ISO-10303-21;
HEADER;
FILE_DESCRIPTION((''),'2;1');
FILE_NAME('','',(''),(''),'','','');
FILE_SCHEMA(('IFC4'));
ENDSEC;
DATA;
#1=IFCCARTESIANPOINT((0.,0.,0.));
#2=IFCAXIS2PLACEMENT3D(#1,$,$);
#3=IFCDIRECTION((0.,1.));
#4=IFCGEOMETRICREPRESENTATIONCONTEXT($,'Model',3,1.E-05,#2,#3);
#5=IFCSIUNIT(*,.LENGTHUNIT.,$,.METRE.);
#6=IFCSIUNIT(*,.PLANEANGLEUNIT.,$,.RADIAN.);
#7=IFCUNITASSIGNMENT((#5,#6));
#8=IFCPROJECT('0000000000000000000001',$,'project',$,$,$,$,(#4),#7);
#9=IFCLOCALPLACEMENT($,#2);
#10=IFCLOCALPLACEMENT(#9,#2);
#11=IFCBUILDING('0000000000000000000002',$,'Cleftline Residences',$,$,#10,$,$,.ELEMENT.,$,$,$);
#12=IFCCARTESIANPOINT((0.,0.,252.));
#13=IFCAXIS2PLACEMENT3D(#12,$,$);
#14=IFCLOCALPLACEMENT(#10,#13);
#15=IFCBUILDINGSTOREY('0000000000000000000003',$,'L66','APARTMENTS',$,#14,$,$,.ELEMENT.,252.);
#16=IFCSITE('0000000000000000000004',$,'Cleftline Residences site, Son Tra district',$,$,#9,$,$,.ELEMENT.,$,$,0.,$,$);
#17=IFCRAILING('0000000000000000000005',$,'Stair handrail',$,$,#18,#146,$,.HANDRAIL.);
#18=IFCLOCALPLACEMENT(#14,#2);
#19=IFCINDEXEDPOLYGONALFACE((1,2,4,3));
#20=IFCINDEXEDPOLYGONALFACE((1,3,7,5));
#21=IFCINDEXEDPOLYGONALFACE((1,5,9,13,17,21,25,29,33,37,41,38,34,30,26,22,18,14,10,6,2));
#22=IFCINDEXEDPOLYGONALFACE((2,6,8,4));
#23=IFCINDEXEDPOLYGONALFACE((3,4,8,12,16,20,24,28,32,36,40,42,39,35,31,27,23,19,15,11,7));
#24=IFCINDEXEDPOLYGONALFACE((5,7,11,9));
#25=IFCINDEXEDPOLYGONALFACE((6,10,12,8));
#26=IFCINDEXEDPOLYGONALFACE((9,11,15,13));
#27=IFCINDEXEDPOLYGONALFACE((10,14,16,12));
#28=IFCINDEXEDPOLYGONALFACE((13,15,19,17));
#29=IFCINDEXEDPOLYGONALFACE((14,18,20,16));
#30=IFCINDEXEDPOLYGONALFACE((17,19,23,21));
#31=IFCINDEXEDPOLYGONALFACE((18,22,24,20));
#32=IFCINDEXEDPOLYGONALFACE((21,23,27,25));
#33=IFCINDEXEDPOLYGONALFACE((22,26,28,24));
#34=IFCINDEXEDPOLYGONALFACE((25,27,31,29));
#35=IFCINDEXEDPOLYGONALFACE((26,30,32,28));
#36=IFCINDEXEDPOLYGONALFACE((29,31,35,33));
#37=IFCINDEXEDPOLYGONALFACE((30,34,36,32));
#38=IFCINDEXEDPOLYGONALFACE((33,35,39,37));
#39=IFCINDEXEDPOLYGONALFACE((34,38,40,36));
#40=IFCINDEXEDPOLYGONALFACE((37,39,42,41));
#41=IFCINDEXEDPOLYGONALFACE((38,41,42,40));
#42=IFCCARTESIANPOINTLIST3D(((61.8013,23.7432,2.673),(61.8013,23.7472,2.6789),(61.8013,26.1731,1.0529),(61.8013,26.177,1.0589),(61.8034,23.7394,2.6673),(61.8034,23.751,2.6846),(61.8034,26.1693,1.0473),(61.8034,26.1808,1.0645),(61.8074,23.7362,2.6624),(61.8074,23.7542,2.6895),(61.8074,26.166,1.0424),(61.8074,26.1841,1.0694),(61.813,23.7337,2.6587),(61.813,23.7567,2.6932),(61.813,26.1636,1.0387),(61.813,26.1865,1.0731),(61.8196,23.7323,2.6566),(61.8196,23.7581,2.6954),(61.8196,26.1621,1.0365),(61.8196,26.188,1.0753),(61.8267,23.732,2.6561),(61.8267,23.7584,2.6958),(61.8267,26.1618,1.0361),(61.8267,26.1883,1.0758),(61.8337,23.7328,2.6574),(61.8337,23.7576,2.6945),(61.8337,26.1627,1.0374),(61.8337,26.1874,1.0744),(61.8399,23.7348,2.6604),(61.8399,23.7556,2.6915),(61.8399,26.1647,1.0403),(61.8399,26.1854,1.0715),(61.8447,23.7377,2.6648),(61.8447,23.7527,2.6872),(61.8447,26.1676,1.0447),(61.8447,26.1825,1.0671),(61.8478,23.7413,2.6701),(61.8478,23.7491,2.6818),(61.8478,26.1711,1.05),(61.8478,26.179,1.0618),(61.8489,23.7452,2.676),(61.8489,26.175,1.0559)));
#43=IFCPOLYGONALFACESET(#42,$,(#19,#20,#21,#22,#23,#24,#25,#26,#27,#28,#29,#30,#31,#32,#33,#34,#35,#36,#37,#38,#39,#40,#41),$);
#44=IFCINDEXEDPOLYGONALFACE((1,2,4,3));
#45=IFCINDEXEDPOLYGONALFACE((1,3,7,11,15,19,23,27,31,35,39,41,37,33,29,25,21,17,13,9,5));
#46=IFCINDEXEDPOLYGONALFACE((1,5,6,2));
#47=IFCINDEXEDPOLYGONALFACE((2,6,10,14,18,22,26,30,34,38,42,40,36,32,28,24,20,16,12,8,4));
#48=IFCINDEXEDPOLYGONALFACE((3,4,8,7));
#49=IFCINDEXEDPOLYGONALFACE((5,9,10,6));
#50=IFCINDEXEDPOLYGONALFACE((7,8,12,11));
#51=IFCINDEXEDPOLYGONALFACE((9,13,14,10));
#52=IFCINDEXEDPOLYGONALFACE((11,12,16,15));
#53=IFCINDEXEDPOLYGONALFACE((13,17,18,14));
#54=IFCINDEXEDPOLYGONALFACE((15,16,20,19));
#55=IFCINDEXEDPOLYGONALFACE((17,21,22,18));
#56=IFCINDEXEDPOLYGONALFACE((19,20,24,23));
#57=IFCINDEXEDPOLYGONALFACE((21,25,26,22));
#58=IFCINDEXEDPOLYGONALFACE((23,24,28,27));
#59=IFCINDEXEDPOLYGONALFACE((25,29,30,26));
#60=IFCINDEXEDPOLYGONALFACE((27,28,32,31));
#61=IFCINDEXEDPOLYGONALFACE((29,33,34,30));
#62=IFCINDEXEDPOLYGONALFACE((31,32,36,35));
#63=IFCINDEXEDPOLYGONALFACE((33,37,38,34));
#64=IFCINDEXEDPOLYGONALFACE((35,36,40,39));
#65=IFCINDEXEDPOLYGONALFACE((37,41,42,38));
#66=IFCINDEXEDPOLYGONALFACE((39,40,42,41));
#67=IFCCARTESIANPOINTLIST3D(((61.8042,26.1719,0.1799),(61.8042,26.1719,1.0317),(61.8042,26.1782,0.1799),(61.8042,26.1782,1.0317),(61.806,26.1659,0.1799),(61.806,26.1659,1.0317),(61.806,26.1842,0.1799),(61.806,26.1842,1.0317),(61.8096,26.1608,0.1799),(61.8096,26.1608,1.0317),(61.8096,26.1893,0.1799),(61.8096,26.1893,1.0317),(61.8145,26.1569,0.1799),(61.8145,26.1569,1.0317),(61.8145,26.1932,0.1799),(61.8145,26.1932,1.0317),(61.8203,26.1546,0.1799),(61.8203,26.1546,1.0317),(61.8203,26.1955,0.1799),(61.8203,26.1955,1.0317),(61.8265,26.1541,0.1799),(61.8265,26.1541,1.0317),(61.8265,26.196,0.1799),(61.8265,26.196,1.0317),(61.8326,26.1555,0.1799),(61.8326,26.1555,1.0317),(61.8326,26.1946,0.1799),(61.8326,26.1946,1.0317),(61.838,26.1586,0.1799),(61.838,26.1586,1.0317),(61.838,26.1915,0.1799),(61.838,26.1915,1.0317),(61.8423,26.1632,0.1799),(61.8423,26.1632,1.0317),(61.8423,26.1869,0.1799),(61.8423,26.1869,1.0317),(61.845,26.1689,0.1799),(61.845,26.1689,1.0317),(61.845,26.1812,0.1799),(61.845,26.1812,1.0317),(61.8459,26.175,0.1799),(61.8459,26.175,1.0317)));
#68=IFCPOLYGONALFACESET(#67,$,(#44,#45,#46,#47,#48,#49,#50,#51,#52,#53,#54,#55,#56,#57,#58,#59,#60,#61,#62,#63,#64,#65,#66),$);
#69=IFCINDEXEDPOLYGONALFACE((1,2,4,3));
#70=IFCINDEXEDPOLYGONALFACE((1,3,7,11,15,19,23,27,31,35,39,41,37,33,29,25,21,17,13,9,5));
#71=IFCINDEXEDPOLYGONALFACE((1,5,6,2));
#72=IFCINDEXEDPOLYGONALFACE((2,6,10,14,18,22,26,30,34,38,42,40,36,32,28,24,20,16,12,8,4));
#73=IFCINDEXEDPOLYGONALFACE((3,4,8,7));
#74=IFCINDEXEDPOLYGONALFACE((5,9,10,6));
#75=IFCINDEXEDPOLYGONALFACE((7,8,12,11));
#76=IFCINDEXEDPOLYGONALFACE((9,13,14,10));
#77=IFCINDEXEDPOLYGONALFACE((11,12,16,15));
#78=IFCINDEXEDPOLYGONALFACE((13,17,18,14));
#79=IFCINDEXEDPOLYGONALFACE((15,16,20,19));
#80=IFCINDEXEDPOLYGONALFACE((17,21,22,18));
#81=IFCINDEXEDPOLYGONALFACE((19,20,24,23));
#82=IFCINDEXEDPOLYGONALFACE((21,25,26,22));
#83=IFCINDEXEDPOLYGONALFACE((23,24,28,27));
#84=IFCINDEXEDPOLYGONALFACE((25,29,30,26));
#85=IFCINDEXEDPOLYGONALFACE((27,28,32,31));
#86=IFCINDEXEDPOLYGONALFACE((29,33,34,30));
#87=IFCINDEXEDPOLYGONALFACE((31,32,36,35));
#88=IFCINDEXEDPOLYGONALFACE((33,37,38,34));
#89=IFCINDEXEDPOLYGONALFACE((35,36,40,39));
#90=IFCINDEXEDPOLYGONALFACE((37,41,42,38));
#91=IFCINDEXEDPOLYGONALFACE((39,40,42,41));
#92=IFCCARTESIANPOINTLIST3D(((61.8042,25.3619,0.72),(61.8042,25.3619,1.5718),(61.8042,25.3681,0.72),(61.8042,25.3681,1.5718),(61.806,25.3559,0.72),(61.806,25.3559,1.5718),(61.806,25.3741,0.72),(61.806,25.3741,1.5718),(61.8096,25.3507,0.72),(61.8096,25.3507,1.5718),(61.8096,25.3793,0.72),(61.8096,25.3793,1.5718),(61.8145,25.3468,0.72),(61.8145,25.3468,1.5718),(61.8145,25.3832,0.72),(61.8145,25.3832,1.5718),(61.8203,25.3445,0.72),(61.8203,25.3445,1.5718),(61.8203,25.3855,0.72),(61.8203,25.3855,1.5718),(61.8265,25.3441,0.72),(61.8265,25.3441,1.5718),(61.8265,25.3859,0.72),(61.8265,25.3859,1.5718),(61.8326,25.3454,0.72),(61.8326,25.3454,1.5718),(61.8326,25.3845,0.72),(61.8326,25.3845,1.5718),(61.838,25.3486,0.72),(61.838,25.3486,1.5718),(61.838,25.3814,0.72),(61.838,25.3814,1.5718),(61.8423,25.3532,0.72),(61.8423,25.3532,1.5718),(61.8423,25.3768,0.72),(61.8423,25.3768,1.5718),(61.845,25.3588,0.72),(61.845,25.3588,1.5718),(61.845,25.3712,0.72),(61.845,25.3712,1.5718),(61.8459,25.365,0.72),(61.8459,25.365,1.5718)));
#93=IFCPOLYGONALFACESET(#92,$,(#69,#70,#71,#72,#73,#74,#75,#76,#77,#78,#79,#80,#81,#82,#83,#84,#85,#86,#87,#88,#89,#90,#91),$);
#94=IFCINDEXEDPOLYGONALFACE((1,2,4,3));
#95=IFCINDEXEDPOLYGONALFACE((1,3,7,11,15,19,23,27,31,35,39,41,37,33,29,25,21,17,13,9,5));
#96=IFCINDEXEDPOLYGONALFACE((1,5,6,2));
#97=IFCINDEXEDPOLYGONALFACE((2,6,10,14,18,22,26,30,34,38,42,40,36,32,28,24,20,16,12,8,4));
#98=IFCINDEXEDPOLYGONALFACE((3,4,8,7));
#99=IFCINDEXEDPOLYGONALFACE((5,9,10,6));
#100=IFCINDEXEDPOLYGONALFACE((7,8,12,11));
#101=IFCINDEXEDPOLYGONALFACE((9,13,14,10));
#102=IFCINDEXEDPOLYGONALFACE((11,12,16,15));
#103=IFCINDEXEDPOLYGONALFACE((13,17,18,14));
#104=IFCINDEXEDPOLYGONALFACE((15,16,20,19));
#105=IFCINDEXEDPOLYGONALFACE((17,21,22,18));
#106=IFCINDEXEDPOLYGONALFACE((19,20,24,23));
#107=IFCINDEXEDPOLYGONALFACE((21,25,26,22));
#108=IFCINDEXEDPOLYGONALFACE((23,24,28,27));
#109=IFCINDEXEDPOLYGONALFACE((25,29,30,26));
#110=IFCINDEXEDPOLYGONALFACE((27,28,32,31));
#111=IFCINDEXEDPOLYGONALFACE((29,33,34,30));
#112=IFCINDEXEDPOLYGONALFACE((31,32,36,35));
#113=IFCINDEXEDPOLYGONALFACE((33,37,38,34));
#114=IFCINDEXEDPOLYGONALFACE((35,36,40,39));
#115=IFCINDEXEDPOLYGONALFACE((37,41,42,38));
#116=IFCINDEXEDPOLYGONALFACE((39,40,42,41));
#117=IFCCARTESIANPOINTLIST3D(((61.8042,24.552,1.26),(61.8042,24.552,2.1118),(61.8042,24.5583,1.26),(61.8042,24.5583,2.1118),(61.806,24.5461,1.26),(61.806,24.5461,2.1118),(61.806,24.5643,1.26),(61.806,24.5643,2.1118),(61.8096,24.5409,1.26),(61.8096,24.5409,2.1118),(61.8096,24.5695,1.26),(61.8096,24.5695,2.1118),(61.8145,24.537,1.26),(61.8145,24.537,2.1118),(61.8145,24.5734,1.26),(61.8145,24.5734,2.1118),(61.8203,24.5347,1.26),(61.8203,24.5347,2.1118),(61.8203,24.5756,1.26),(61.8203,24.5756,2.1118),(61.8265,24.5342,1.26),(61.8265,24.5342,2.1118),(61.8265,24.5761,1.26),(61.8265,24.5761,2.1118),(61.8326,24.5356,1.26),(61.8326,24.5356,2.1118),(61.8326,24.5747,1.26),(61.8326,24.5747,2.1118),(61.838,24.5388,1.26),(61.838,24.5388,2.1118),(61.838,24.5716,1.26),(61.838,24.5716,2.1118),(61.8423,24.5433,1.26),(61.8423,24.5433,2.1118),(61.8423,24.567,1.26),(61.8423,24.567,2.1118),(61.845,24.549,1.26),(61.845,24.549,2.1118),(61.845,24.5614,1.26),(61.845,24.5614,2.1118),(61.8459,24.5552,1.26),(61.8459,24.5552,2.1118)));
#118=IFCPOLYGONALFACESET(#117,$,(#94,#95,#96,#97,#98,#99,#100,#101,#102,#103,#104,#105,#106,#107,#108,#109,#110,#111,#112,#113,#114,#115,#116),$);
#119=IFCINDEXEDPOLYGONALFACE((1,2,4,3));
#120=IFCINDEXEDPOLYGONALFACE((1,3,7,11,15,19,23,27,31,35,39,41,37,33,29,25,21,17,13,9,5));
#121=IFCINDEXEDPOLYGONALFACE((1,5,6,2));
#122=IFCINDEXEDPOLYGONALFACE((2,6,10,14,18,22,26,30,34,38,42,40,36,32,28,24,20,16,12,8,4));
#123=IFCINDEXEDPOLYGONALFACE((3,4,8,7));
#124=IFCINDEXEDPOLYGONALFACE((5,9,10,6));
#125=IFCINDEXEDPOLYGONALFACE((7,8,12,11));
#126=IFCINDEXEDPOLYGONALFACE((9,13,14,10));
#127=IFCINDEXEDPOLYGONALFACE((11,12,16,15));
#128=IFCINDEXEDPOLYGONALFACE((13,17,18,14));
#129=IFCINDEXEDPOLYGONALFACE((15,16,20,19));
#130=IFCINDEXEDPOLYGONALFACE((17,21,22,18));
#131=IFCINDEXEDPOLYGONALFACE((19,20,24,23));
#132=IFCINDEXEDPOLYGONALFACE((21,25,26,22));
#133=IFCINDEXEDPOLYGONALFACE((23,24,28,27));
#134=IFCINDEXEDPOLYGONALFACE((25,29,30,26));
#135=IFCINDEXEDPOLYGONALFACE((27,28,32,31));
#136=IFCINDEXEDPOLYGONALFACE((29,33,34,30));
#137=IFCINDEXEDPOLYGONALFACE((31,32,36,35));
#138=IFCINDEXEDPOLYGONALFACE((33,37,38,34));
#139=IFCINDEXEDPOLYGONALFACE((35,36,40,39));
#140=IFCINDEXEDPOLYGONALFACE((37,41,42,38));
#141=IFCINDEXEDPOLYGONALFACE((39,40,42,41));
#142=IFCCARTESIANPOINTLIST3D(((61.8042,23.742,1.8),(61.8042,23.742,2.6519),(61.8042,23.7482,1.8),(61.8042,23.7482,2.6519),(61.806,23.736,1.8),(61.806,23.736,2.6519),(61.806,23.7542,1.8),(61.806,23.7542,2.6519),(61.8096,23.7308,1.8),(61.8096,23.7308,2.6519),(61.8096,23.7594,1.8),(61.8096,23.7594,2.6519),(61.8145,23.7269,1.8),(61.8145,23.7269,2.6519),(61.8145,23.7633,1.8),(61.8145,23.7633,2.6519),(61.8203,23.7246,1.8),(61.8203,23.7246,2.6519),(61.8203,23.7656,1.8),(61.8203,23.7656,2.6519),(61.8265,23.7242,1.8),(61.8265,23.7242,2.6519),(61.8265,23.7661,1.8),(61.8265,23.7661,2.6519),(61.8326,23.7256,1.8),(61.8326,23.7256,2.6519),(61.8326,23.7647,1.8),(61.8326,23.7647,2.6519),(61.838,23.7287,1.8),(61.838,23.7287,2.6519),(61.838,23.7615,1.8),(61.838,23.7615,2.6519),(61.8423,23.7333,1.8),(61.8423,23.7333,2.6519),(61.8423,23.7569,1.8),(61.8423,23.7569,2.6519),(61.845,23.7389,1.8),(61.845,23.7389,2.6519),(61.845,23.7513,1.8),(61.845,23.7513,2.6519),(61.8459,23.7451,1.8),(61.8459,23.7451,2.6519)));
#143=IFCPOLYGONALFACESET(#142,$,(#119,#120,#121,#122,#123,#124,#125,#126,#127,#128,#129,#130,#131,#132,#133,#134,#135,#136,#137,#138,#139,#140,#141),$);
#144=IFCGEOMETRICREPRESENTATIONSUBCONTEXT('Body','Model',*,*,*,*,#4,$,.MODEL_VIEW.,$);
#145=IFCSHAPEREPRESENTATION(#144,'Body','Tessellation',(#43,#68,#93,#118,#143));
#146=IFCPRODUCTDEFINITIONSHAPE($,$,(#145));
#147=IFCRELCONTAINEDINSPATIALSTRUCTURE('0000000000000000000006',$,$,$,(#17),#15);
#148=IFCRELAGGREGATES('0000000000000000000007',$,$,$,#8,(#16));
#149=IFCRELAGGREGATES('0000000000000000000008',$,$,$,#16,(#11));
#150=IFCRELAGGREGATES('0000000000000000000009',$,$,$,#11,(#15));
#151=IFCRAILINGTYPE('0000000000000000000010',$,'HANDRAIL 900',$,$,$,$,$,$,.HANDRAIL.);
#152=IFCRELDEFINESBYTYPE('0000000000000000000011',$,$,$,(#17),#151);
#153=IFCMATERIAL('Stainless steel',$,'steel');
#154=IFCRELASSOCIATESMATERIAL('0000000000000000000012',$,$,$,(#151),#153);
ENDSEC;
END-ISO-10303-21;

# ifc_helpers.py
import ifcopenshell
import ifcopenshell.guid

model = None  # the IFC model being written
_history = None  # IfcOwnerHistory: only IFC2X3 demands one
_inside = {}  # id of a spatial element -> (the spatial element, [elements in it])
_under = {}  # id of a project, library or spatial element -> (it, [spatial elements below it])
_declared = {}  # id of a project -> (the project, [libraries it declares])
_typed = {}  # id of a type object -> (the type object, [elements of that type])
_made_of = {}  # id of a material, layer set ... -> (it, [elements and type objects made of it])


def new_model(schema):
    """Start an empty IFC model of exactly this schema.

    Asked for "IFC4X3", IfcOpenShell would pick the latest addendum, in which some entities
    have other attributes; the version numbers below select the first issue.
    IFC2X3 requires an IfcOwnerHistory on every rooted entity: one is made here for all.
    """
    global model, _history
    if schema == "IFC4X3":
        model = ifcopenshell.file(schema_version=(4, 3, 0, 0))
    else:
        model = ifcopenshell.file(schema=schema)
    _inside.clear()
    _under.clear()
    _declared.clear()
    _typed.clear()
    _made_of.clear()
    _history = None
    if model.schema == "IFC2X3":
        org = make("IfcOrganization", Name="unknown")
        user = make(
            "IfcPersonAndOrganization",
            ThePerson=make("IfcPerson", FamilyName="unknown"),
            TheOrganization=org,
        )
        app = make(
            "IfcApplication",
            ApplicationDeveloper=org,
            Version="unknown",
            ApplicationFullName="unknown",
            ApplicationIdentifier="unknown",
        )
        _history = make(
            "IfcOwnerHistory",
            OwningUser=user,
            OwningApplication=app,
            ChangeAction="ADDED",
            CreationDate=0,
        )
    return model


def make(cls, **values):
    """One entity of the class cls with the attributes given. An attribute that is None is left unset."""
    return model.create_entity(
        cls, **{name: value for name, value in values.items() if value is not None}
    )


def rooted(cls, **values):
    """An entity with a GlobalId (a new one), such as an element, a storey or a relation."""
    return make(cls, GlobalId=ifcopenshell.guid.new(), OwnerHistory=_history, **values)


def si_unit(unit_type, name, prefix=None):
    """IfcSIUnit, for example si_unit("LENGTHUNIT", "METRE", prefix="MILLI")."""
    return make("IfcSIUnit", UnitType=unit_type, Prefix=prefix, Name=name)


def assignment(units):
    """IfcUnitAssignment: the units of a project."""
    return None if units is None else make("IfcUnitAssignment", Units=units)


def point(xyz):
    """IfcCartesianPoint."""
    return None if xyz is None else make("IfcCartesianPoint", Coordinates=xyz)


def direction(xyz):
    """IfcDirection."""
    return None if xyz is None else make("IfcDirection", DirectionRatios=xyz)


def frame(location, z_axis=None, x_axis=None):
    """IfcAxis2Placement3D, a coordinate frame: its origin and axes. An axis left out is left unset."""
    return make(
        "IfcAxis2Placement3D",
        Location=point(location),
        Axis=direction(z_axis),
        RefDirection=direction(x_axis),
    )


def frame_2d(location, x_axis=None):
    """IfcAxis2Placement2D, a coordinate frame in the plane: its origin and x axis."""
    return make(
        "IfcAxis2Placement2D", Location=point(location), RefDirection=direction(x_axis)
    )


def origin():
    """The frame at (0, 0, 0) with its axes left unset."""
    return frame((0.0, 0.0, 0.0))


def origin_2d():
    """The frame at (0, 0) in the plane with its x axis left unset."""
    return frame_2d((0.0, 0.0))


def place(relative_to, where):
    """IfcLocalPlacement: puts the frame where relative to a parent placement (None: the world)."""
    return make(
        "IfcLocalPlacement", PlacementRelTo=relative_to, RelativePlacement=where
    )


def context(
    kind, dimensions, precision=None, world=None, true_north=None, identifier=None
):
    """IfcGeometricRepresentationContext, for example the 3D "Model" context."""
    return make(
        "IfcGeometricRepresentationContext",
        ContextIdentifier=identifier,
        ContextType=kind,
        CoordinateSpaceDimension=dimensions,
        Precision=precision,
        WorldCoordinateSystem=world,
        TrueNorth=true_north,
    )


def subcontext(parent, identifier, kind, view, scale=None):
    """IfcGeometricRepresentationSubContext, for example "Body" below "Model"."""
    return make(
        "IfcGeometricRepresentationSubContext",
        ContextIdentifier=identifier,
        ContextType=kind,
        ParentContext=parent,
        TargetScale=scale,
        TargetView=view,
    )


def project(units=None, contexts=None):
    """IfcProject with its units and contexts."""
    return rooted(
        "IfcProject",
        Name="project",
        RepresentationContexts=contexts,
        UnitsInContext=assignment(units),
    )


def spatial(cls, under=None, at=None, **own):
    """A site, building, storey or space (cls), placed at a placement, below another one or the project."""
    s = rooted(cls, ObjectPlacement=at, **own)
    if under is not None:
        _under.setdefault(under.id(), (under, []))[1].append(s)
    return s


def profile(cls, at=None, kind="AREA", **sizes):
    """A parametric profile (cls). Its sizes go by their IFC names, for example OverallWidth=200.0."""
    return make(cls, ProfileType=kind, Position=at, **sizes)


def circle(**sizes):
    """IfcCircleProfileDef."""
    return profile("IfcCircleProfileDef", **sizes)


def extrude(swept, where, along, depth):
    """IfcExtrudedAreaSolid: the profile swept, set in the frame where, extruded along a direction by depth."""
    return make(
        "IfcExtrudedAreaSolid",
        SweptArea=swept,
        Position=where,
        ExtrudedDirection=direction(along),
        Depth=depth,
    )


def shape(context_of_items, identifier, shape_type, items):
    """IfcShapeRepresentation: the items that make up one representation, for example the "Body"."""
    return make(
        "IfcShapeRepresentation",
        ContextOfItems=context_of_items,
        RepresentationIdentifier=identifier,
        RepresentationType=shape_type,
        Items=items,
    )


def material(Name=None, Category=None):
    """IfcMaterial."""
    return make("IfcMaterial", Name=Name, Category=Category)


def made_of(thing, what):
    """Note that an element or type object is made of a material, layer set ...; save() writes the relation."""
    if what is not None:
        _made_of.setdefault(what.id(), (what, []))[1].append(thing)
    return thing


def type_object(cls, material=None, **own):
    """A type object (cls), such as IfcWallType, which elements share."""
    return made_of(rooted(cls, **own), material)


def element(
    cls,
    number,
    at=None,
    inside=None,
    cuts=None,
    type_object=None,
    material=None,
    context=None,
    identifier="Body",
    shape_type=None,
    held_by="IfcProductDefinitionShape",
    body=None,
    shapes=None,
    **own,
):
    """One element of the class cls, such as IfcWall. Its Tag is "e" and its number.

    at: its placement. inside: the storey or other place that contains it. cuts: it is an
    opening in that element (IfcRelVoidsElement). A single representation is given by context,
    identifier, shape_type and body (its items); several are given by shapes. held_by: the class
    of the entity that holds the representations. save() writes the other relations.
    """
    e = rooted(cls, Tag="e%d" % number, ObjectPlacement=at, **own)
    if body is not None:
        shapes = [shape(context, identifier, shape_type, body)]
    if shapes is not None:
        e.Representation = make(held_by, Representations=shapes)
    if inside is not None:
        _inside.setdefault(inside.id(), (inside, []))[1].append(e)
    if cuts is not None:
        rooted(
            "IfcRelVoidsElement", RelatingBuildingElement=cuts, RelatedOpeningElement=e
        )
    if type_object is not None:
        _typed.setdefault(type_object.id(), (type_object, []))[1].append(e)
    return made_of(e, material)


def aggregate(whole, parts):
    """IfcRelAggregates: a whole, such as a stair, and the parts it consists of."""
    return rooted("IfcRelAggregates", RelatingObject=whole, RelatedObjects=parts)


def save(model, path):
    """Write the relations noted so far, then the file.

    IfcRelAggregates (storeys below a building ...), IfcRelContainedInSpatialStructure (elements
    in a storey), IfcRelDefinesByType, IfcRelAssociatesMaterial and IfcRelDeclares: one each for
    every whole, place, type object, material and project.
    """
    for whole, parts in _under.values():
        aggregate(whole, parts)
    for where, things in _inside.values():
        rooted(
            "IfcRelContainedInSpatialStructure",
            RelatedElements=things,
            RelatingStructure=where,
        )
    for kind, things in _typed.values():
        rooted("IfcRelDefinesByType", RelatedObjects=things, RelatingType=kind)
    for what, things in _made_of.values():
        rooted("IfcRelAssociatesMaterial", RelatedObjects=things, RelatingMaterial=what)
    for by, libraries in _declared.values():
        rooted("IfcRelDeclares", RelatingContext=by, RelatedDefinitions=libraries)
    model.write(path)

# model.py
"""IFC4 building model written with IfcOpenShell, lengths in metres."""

from ifc_helpers import new_model, si_unit, direction, frame, origin, origin_2d, place, context, subcontext, project, spatial, circle, extrude, material, type_object, element, save


model = new_model("IFC4")

# Units and contexts
model_context = context("Model", 3, precision=1e-05, world=origin(), true_north=direction((0.0, 1.0)))
body_context = subcontext(model_context, "Body", "Model", "MODEL_VIEW")
ifc_project = project(units=[si_unit("LENGTHUNIT", "METRE"), si_unit("PLANEANGLEUNIT", "RADIAN")], contexts=[model_context])

# Site, building, storey
site_placement = place(None, origin())
site = spatial("IfcSite", under=ifc_project, at=site_placement, Name="Cleftline Residences site, Son Tra district", CompositionType="ELEMENT", RefElevation=0.0)
building_placement = place(site_placement, origin())
building = spatial("IfcBuilding", under=site, at=building_placement, Name="Cleftline Residences", CompositionType="ELEMENT")
storey_placement = place(building_placement, frame((0.0, 0.0, 252.0)))
storey = spatial("IfcBuildingStorey", under=building, at=storey_placement, Name="L66", Description="APARTMENTS", CompositionType="ELEMENT", Elevation=252.0)

# Railing
ifc_material_1 = material(Name="Stainless steel", Category="steel")
railing_type = type_object("IfcRailingType", Name="HANDRAIL 900", PredefinedType="HANDRAIL", material=ifc_material_1)
railing_placement = place(storey_placement, frame((61.825, 26.175, 0.1799)))
element("IfcRailing", 1, at=railing_placement, inside=storey, type_object=railing_type, Name="Stair handrail", PredefinedType="HANDRAIL", context=body_context, shape_type="SweptSolid", body=[
    extrude(circle(Radius=0.0239, at=origin_2d()), frame((0.0, 0.0, 0.876), z_axis=(0.0, -0.832025, 0.554739), x_axis=(1.0, 0.0, 0.0)), (0.0, 0.0, 1.0), 2.9204),
    extrude(circle(Radius=0.021, at=origin_2d()), origin(), (0.0, 0.0, 1.0), 0.8518),
    extrude(circle(Radius=0.021, at=origin_2d()), frame((0.0, -0.8101, 0.54)), (0.0, 0.0, 1.0), 0.8518),
    extrude(circle(Radius=0.021, at=origin_2d()), frame((0.0, -1.6199, 1.0801)), (0.0, 0.0, 1.0), 0.8518),
    extrude(circle(Radius=0.021, at=origin_2d()), frame((0.0, -2.4299, 1.6201)), (0.0, 0.0, 1.0), 0.8518),
])

save(model, "model.ifc")
